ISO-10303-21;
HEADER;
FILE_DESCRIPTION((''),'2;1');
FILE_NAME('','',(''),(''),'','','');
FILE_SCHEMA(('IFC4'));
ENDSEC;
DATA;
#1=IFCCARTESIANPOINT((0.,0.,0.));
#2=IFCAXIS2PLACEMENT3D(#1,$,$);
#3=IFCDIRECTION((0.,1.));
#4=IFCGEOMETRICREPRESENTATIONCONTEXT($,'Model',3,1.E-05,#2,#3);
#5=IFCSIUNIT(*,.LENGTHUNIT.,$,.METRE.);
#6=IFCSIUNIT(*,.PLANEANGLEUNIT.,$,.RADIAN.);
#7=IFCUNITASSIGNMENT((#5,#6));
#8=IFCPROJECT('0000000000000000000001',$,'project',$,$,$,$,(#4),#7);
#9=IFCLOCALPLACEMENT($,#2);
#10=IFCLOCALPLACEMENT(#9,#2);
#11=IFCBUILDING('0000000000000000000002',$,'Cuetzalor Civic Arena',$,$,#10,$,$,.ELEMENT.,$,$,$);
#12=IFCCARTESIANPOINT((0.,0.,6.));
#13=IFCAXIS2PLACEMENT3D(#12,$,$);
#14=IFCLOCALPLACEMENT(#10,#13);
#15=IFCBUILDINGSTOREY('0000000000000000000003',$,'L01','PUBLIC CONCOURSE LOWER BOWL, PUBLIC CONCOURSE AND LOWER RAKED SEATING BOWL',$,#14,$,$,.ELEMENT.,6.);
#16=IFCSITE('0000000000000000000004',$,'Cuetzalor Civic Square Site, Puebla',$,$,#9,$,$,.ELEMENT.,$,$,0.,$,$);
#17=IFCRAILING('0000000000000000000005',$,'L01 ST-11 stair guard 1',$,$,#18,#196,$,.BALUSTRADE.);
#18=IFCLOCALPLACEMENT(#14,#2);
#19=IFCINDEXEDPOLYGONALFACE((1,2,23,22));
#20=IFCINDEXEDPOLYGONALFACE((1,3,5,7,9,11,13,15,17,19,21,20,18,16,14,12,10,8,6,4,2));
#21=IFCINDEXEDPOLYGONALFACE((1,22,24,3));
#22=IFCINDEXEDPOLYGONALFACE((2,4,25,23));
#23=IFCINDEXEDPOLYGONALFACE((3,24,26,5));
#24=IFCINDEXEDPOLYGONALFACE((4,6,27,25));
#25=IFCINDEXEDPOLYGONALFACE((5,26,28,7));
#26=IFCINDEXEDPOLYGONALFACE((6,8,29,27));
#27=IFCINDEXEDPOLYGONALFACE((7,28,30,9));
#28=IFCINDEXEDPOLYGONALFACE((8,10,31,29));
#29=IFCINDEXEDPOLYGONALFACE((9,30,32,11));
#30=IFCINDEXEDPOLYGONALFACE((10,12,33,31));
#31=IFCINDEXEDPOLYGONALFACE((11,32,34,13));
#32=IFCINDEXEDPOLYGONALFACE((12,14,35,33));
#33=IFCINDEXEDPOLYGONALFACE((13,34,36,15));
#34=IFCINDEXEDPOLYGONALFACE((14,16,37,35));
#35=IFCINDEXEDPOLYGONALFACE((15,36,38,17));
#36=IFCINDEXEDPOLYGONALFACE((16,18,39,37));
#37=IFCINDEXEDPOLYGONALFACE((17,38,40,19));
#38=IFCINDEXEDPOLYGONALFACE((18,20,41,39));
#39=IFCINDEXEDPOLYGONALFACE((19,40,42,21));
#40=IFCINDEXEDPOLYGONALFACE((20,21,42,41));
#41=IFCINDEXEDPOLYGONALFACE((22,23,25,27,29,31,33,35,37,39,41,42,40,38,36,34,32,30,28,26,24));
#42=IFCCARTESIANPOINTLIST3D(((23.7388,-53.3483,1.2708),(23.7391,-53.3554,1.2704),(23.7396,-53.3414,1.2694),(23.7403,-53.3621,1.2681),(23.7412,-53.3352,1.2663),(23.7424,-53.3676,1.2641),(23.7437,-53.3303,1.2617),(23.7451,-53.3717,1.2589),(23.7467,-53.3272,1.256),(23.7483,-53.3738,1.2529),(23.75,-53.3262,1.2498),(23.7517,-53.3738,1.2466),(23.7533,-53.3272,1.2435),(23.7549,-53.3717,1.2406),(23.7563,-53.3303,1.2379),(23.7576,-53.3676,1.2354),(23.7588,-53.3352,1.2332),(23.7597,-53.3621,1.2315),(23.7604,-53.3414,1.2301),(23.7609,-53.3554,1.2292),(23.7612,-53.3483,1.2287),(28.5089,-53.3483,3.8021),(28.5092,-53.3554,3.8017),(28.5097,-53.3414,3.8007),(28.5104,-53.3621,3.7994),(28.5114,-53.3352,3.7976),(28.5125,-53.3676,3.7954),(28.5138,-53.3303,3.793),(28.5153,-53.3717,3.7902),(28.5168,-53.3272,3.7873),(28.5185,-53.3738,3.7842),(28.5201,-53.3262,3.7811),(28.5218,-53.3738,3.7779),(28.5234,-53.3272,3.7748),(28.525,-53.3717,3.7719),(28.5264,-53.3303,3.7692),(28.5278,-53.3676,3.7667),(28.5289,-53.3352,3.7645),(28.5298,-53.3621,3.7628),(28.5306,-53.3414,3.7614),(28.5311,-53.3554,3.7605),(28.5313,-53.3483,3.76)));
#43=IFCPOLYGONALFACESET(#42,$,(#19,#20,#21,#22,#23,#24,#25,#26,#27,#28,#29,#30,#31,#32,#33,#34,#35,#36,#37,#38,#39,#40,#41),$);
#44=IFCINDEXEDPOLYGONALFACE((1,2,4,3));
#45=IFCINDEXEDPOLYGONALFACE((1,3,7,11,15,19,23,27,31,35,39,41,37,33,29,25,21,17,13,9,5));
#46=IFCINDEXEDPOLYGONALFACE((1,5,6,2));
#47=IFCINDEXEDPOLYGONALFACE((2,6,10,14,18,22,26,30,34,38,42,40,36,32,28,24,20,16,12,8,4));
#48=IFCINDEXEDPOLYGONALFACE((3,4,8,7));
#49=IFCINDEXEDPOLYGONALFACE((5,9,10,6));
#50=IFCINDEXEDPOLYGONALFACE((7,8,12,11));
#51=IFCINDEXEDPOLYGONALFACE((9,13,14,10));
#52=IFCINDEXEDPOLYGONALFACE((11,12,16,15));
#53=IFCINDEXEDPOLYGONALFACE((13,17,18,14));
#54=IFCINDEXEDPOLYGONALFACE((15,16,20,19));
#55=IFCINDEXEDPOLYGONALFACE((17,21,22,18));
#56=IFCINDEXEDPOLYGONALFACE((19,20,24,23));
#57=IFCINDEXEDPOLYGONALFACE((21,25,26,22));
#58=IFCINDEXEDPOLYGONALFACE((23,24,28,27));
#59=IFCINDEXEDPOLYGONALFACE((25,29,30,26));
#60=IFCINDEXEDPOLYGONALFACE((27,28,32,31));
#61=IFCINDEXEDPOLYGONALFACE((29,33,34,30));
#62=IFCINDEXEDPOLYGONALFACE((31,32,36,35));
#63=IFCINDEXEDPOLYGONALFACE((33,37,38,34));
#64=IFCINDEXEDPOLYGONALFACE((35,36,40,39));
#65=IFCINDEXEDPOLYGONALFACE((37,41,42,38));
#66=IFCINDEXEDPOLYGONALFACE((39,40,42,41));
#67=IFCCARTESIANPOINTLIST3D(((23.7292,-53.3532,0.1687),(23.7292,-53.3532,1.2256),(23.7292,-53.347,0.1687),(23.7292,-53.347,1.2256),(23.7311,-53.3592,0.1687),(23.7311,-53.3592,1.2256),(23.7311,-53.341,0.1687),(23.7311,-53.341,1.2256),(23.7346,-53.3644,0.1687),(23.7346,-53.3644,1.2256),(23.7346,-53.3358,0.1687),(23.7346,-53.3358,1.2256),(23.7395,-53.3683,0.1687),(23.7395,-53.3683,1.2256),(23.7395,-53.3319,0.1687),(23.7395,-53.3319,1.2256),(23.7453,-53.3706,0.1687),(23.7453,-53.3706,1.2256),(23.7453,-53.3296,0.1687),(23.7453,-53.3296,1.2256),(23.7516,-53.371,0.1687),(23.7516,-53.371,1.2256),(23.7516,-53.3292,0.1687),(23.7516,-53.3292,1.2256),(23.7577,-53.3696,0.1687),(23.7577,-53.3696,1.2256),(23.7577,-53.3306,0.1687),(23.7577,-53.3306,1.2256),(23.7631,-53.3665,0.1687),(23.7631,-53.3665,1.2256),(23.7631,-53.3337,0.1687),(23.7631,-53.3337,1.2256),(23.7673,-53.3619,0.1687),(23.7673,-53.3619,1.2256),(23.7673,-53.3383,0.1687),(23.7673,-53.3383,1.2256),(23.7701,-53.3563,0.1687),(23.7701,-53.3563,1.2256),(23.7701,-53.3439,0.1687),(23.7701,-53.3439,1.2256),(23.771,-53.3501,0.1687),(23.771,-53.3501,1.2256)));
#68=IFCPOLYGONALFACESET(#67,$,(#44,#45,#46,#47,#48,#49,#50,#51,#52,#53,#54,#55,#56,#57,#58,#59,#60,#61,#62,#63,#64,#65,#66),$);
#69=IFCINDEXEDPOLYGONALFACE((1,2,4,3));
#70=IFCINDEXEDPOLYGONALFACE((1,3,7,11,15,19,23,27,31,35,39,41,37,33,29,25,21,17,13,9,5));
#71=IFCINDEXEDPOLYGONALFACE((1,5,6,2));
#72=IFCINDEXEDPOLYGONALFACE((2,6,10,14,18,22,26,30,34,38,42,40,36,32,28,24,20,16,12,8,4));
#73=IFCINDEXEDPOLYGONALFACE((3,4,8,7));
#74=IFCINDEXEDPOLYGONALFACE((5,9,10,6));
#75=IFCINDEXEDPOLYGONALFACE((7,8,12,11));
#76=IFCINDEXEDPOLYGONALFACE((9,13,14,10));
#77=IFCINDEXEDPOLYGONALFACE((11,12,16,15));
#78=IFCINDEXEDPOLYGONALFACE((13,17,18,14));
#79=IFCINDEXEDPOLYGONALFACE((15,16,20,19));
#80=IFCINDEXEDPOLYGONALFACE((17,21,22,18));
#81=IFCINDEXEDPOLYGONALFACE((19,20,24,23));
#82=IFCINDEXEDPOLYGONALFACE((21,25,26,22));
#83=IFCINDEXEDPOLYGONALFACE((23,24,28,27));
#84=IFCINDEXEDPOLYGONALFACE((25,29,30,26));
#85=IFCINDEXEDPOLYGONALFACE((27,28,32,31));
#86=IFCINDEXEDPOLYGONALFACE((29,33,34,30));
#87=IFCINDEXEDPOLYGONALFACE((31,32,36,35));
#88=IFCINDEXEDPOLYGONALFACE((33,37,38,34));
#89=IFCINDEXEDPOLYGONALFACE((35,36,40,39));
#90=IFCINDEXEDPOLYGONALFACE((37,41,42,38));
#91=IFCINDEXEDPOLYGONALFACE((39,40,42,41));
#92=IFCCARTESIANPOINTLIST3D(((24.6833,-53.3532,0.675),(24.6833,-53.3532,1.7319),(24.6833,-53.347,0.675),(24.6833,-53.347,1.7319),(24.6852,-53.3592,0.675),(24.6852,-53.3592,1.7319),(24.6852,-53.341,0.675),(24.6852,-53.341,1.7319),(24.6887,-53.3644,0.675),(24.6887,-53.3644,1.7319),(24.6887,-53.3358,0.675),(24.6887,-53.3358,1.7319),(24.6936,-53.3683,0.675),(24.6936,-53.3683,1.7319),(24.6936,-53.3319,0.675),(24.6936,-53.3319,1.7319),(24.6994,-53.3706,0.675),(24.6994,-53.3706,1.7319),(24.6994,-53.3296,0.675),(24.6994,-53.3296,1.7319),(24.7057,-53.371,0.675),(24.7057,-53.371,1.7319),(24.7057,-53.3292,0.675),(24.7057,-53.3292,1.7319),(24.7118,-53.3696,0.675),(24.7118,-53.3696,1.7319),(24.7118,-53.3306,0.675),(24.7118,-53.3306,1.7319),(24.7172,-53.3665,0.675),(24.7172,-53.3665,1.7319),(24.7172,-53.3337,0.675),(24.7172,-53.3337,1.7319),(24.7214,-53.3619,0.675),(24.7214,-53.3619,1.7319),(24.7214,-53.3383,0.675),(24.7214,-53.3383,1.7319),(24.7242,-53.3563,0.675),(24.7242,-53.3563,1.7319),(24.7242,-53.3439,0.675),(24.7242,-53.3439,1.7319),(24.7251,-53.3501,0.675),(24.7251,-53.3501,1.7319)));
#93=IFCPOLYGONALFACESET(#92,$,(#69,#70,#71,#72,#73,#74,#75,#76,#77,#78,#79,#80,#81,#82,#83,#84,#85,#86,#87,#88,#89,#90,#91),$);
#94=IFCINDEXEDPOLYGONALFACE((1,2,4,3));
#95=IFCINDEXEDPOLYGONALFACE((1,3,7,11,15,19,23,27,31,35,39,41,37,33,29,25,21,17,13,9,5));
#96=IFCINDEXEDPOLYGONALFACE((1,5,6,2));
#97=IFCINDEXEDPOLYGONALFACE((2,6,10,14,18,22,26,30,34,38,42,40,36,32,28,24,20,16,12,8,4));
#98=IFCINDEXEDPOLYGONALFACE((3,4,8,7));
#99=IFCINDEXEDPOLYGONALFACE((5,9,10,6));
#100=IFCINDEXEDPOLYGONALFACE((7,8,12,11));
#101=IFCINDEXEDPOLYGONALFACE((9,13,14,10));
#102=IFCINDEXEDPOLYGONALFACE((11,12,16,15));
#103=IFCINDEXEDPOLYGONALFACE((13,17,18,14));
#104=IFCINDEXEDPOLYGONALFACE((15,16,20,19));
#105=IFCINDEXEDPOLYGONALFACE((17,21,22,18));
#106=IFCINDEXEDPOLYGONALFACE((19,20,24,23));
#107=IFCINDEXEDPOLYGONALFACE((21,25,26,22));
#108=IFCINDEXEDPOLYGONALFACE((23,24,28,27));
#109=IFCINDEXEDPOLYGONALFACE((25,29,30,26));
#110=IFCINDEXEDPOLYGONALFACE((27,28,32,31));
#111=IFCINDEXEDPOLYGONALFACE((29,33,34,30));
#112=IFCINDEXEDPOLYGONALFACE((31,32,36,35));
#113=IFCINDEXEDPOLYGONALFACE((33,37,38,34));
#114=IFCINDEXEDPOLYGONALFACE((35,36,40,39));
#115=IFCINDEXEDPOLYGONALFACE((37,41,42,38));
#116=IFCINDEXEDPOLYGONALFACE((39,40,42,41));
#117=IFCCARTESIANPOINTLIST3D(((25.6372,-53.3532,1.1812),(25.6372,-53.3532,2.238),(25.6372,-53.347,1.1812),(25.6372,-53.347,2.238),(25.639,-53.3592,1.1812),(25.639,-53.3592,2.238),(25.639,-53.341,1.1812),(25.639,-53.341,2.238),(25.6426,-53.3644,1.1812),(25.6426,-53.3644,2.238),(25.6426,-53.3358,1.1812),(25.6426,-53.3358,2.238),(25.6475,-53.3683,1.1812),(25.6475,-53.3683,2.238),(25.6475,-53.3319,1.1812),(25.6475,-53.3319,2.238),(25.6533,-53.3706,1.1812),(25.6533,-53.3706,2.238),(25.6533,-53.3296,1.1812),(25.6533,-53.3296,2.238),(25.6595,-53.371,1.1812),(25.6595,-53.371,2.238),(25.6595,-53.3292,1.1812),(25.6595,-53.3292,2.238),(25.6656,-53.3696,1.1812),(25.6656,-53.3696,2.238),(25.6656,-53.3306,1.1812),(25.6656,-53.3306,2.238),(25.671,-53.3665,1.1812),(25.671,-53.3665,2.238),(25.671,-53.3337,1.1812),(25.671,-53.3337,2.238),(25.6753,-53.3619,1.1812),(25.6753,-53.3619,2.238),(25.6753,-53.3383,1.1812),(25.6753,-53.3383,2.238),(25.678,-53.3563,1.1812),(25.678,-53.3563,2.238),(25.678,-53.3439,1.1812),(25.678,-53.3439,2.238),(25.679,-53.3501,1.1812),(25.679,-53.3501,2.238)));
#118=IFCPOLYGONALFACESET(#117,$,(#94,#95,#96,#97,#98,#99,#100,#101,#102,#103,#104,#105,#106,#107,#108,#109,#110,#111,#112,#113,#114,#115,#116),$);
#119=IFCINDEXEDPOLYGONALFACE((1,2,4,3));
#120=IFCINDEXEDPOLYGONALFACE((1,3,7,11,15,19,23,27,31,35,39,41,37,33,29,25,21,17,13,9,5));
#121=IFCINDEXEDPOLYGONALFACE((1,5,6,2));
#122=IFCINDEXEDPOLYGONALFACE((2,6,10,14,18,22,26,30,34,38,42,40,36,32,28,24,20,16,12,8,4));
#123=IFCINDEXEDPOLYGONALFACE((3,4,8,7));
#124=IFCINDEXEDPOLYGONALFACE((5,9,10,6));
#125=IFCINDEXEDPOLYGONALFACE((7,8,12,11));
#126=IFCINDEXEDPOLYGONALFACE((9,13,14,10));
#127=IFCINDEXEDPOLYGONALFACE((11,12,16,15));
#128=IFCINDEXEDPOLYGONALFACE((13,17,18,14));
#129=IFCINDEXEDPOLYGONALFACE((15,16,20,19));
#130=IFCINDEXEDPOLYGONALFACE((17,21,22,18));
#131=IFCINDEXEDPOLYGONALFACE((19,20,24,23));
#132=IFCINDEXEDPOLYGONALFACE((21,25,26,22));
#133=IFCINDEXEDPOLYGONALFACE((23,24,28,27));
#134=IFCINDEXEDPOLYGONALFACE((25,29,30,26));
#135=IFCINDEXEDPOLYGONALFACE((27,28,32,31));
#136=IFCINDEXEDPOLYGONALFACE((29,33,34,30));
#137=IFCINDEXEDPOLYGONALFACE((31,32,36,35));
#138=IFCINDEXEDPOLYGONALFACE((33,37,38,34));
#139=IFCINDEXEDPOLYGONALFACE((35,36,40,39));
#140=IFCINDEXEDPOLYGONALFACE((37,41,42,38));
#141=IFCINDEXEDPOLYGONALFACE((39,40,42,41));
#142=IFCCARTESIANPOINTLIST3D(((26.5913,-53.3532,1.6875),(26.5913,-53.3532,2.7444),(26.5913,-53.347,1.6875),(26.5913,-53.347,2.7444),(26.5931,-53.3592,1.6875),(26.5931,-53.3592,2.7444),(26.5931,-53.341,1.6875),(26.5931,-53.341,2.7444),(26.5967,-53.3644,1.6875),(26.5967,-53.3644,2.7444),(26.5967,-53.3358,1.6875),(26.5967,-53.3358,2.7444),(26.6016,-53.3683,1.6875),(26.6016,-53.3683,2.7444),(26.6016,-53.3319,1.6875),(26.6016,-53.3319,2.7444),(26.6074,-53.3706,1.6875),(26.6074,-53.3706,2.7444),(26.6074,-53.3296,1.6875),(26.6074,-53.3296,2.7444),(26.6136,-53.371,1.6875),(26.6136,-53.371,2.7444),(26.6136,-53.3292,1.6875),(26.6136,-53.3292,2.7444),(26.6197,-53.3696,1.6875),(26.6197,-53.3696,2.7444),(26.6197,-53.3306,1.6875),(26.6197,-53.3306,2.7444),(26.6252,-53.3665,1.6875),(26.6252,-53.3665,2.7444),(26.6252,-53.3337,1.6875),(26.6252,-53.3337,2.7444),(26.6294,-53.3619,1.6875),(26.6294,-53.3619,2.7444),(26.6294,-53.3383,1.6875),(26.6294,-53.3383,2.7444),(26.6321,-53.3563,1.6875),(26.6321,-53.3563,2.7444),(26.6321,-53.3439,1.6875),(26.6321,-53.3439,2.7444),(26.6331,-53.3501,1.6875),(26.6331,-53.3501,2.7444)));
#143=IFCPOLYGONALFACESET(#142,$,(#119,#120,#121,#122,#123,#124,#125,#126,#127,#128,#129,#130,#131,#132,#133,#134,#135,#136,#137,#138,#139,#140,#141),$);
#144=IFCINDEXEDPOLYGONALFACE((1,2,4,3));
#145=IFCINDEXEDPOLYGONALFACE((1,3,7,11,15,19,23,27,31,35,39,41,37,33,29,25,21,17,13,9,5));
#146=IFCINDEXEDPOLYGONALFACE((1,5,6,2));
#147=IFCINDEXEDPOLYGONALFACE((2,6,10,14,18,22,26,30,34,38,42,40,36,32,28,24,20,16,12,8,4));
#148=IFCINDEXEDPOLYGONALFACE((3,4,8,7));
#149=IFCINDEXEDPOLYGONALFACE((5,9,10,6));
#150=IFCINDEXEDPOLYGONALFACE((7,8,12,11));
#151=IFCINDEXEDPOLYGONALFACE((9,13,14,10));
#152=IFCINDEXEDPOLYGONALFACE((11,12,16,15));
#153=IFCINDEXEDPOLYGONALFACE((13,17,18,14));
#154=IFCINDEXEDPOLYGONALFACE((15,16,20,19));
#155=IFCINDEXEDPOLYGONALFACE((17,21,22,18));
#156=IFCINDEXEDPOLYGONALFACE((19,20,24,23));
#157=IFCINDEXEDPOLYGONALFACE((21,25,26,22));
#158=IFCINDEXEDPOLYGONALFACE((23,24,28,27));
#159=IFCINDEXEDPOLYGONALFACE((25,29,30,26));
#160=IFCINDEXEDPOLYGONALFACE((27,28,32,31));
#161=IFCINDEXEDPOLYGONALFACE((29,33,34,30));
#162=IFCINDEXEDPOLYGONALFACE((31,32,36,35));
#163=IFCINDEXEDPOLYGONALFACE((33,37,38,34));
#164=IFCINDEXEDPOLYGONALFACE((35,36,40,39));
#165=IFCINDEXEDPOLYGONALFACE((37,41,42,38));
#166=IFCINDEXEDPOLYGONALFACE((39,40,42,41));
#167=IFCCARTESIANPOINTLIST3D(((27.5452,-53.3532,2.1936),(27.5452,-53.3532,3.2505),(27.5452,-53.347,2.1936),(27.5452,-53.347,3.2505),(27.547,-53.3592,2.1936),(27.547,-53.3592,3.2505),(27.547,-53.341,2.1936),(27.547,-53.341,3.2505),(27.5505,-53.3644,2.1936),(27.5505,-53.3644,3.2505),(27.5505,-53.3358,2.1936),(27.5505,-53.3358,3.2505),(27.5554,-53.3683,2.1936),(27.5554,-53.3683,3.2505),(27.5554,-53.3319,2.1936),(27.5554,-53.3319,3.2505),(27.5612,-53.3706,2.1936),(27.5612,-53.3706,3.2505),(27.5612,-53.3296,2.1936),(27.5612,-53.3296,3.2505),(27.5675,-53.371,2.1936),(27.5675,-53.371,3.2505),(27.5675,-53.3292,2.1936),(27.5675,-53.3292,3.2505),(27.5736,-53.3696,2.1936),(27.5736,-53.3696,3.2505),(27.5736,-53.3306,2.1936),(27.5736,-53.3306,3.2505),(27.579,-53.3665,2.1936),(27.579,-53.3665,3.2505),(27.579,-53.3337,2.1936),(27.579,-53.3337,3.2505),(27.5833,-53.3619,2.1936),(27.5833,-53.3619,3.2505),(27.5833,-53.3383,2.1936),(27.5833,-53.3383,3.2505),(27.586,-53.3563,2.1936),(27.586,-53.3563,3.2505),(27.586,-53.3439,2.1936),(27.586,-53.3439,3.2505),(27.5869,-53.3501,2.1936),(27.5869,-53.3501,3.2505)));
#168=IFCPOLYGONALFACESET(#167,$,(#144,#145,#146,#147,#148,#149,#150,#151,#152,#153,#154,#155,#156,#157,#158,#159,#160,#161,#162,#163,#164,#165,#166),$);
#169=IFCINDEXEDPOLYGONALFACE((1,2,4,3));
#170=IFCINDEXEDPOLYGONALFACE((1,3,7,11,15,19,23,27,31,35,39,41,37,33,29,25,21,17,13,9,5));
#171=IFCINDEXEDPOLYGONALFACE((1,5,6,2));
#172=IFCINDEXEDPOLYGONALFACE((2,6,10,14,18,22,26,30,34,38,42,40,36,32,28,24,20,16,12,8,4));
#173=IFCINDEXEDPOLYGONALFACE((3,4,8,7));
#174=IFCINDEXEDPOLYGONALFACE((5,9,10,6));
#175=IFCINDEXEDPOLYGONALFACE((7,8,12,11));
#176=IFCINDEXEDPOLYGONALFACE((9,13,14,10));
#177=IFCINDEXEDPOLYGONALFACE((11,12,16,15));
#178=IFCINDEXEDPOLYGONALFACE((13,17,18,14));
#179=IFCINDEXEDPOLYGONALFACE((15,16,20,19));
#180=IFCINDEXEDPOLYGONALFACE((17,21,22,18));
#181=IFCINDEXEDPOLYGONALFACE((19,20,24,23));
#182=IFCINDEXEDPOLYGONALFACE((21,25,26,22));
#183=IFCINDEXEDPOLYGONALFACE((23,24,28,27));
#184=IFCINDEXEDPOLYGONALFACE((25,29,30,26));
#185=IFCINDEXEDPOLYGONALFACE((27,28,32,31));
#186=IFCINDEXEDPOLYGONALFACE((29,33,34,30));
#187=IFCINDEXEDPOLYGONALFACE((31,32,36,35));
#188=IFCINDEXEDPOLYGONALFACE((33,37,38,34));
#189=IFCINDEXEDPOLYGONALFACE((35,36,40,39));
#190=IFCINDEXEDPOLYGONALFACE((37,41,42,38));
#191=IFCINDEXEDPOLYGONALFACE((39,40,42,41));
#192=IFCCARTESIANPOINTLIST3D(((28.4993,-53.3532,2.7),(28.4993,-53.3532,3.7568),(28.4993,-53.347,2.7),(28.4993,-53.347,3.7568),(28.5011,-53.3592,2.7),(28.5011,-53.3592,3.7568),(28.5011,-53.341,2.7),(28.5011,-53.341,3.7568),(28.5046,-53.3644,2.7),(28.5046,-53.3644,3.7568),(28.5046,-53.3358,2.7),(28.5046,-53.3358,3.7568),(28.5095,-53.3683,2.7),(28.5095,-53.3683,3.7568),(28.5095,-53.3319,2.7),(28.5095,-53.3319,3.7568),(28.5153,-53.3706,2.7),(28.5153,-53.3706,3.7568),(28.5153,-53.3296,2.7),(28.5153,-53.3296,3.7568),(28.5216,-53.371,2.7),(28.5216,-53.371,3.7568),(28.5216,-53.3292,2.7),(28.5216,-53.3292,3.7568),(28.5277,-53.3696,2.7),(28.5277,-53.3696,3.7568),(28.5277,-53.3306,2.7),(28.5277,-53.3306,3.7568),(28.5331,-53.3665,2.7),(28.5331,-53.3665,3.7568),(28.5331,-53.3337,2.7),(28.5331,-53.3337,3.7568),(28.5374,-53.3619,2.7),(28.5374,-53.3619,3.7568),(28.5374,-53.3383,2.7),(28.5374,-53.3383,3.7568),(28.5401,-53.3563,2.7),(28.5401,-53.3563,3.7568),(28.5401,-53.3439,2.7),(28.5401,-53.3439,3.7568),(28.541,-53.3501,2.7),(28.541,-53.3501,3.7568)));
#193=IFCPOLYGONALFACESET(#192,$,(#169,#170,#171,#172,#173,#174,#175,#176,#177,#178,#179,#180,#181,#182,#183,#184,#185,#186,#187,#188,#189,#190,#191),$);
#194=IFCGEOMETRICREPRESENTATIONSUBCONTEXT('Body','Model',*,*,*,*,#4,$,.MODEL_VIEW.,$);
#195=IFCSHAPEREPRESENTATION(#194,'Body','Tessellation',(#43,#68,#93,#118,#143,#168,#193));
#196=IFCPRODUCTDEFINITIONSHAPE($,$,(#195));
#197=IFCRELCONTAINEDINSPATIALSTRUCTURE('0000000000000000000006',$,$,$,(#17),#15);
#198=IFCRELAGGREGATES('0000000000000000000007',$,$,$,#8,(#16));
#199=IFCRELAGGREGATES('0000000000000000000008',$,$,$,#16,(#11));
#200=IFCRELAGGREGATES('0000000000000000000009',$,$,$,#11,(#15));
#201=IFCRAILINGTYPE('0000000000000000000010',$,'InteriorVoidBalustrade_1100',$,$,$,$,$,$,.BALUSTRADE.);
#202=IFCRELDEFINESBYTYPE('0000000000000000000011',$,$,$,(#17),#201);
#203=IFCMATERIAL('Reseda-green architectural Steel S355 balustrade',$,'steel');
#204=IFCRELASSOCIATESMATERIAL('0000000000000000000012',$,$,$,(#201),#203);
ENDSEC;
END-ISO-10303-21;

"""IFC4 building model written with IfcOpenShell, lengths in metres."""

from ifc_helpers import new_model, si_unit, direction, frame, origin, origin_2d, place, context, subcontext, project, spatial, circle, extrude, material, type_object, element, save


model = new_model("IFC4")

# Units and contexts
model_context = context("Model", 3, precision=1e-05, world=origin(), true_north=direction((0.0, 1.0)))
body_context = subcontext(model_context, "Body", "Model", "MODEL_VIEW")
ifc_project = project(units=[si_unit("LENGTHUNIT", "METRE"), si_unit("PLANEANGLEUNIT", "RADIAN")], contexts=[model_context])

# Site, building, storey
site_placement = place(None, origin())
site = spatial("IfcSite", under=ifc_project, at=site_placement, Name="Cuetzalor Civic Square Site, Puebla", CompositionType="ELEMENT", RefElevation=0.0)
building_placement = place(site_placement, origin())
building = spatial("IfcBuilding", under=site, at=building_placement, Name="Cuetzalor Civic Arena", CompositionType="ELEMENT")
storey_placement = place(building_placement, frame((0.0, 0.0, 6.0)))
storey = spatial("IfcBuildingStorey", under=building, at=storey_placement, Name="L01", Description="PUBLIC CONCOURSE LOWER BOWL, PUBLIC CONCOURSE AND LOWER RAKED SEATING BOWL", CompositionType="ELEMENT", Elevation=6.0)

# Railing
ifc_material_1 = material(Name="Reseda-green architectural Steel S355 balustrade", Category="steel")
railing_type_1 = type_object("IfcRailingType", Name="InteriorVoidBalustrade_1100", PredefinedType="BALUSTRADE", material=ifc_material_1)
railing_1_placement = place(storey_placement, frame((23.75, -53.3501, 0.1687)))
element("IfcRailing", 1, at=railing_1_placement, inside=storey, type_object=railing_type_1, Name="L01 ST-11 stair guard 1", PredefinedType="BALUSTRADE", context=body_context, shape_type="SweptSolid", body=[
    extrude(circle(Radius=0.0239, at=origin_2d()), frame((0.0, 0.0, 1.0811), z_axis=(0.883332, 0.0, 0.468747), x_axis=(0.0, 1.0, 0.0)), (0.0, 0.0, 1.0), 5.4001),
    extrude(circle(Radius=0.021, at=origin_2d()), origin(), (0.0, 0.0, 1.0), 1.0569),
    extrude(circle(Radius=0.021, at=origin_2d()), frame((0.9541, 0.0, 0.5063)), (0.0, 0.0, 1.0), 1.0569),
    extrude(circle(Radius=0.021, at=origin_2d()), frame((1.908, 0.0, 1.0125)), (0.0, 0.0, 1.0), 1.0569),
    extrude(circle(Radius=0.021, at=origin_2d()), frame((2.8621, 0.0, 1.5188)), (0.0, 0.0, 1.0), 1.0569),
    extrude(circle(Radius=0.021, at=origin_2d()), frame((3.8159, 0.0, 2.0249)), (0.0, 0.0, 1.0), 1.0569),
    extrude(circle(Radius=0.021, at=origin_2d()), frame((4.77, 0.0, 2.5312)), (0.0, 0.0, 1.0), 1.0569),
])

save(model, "model.ifc")
